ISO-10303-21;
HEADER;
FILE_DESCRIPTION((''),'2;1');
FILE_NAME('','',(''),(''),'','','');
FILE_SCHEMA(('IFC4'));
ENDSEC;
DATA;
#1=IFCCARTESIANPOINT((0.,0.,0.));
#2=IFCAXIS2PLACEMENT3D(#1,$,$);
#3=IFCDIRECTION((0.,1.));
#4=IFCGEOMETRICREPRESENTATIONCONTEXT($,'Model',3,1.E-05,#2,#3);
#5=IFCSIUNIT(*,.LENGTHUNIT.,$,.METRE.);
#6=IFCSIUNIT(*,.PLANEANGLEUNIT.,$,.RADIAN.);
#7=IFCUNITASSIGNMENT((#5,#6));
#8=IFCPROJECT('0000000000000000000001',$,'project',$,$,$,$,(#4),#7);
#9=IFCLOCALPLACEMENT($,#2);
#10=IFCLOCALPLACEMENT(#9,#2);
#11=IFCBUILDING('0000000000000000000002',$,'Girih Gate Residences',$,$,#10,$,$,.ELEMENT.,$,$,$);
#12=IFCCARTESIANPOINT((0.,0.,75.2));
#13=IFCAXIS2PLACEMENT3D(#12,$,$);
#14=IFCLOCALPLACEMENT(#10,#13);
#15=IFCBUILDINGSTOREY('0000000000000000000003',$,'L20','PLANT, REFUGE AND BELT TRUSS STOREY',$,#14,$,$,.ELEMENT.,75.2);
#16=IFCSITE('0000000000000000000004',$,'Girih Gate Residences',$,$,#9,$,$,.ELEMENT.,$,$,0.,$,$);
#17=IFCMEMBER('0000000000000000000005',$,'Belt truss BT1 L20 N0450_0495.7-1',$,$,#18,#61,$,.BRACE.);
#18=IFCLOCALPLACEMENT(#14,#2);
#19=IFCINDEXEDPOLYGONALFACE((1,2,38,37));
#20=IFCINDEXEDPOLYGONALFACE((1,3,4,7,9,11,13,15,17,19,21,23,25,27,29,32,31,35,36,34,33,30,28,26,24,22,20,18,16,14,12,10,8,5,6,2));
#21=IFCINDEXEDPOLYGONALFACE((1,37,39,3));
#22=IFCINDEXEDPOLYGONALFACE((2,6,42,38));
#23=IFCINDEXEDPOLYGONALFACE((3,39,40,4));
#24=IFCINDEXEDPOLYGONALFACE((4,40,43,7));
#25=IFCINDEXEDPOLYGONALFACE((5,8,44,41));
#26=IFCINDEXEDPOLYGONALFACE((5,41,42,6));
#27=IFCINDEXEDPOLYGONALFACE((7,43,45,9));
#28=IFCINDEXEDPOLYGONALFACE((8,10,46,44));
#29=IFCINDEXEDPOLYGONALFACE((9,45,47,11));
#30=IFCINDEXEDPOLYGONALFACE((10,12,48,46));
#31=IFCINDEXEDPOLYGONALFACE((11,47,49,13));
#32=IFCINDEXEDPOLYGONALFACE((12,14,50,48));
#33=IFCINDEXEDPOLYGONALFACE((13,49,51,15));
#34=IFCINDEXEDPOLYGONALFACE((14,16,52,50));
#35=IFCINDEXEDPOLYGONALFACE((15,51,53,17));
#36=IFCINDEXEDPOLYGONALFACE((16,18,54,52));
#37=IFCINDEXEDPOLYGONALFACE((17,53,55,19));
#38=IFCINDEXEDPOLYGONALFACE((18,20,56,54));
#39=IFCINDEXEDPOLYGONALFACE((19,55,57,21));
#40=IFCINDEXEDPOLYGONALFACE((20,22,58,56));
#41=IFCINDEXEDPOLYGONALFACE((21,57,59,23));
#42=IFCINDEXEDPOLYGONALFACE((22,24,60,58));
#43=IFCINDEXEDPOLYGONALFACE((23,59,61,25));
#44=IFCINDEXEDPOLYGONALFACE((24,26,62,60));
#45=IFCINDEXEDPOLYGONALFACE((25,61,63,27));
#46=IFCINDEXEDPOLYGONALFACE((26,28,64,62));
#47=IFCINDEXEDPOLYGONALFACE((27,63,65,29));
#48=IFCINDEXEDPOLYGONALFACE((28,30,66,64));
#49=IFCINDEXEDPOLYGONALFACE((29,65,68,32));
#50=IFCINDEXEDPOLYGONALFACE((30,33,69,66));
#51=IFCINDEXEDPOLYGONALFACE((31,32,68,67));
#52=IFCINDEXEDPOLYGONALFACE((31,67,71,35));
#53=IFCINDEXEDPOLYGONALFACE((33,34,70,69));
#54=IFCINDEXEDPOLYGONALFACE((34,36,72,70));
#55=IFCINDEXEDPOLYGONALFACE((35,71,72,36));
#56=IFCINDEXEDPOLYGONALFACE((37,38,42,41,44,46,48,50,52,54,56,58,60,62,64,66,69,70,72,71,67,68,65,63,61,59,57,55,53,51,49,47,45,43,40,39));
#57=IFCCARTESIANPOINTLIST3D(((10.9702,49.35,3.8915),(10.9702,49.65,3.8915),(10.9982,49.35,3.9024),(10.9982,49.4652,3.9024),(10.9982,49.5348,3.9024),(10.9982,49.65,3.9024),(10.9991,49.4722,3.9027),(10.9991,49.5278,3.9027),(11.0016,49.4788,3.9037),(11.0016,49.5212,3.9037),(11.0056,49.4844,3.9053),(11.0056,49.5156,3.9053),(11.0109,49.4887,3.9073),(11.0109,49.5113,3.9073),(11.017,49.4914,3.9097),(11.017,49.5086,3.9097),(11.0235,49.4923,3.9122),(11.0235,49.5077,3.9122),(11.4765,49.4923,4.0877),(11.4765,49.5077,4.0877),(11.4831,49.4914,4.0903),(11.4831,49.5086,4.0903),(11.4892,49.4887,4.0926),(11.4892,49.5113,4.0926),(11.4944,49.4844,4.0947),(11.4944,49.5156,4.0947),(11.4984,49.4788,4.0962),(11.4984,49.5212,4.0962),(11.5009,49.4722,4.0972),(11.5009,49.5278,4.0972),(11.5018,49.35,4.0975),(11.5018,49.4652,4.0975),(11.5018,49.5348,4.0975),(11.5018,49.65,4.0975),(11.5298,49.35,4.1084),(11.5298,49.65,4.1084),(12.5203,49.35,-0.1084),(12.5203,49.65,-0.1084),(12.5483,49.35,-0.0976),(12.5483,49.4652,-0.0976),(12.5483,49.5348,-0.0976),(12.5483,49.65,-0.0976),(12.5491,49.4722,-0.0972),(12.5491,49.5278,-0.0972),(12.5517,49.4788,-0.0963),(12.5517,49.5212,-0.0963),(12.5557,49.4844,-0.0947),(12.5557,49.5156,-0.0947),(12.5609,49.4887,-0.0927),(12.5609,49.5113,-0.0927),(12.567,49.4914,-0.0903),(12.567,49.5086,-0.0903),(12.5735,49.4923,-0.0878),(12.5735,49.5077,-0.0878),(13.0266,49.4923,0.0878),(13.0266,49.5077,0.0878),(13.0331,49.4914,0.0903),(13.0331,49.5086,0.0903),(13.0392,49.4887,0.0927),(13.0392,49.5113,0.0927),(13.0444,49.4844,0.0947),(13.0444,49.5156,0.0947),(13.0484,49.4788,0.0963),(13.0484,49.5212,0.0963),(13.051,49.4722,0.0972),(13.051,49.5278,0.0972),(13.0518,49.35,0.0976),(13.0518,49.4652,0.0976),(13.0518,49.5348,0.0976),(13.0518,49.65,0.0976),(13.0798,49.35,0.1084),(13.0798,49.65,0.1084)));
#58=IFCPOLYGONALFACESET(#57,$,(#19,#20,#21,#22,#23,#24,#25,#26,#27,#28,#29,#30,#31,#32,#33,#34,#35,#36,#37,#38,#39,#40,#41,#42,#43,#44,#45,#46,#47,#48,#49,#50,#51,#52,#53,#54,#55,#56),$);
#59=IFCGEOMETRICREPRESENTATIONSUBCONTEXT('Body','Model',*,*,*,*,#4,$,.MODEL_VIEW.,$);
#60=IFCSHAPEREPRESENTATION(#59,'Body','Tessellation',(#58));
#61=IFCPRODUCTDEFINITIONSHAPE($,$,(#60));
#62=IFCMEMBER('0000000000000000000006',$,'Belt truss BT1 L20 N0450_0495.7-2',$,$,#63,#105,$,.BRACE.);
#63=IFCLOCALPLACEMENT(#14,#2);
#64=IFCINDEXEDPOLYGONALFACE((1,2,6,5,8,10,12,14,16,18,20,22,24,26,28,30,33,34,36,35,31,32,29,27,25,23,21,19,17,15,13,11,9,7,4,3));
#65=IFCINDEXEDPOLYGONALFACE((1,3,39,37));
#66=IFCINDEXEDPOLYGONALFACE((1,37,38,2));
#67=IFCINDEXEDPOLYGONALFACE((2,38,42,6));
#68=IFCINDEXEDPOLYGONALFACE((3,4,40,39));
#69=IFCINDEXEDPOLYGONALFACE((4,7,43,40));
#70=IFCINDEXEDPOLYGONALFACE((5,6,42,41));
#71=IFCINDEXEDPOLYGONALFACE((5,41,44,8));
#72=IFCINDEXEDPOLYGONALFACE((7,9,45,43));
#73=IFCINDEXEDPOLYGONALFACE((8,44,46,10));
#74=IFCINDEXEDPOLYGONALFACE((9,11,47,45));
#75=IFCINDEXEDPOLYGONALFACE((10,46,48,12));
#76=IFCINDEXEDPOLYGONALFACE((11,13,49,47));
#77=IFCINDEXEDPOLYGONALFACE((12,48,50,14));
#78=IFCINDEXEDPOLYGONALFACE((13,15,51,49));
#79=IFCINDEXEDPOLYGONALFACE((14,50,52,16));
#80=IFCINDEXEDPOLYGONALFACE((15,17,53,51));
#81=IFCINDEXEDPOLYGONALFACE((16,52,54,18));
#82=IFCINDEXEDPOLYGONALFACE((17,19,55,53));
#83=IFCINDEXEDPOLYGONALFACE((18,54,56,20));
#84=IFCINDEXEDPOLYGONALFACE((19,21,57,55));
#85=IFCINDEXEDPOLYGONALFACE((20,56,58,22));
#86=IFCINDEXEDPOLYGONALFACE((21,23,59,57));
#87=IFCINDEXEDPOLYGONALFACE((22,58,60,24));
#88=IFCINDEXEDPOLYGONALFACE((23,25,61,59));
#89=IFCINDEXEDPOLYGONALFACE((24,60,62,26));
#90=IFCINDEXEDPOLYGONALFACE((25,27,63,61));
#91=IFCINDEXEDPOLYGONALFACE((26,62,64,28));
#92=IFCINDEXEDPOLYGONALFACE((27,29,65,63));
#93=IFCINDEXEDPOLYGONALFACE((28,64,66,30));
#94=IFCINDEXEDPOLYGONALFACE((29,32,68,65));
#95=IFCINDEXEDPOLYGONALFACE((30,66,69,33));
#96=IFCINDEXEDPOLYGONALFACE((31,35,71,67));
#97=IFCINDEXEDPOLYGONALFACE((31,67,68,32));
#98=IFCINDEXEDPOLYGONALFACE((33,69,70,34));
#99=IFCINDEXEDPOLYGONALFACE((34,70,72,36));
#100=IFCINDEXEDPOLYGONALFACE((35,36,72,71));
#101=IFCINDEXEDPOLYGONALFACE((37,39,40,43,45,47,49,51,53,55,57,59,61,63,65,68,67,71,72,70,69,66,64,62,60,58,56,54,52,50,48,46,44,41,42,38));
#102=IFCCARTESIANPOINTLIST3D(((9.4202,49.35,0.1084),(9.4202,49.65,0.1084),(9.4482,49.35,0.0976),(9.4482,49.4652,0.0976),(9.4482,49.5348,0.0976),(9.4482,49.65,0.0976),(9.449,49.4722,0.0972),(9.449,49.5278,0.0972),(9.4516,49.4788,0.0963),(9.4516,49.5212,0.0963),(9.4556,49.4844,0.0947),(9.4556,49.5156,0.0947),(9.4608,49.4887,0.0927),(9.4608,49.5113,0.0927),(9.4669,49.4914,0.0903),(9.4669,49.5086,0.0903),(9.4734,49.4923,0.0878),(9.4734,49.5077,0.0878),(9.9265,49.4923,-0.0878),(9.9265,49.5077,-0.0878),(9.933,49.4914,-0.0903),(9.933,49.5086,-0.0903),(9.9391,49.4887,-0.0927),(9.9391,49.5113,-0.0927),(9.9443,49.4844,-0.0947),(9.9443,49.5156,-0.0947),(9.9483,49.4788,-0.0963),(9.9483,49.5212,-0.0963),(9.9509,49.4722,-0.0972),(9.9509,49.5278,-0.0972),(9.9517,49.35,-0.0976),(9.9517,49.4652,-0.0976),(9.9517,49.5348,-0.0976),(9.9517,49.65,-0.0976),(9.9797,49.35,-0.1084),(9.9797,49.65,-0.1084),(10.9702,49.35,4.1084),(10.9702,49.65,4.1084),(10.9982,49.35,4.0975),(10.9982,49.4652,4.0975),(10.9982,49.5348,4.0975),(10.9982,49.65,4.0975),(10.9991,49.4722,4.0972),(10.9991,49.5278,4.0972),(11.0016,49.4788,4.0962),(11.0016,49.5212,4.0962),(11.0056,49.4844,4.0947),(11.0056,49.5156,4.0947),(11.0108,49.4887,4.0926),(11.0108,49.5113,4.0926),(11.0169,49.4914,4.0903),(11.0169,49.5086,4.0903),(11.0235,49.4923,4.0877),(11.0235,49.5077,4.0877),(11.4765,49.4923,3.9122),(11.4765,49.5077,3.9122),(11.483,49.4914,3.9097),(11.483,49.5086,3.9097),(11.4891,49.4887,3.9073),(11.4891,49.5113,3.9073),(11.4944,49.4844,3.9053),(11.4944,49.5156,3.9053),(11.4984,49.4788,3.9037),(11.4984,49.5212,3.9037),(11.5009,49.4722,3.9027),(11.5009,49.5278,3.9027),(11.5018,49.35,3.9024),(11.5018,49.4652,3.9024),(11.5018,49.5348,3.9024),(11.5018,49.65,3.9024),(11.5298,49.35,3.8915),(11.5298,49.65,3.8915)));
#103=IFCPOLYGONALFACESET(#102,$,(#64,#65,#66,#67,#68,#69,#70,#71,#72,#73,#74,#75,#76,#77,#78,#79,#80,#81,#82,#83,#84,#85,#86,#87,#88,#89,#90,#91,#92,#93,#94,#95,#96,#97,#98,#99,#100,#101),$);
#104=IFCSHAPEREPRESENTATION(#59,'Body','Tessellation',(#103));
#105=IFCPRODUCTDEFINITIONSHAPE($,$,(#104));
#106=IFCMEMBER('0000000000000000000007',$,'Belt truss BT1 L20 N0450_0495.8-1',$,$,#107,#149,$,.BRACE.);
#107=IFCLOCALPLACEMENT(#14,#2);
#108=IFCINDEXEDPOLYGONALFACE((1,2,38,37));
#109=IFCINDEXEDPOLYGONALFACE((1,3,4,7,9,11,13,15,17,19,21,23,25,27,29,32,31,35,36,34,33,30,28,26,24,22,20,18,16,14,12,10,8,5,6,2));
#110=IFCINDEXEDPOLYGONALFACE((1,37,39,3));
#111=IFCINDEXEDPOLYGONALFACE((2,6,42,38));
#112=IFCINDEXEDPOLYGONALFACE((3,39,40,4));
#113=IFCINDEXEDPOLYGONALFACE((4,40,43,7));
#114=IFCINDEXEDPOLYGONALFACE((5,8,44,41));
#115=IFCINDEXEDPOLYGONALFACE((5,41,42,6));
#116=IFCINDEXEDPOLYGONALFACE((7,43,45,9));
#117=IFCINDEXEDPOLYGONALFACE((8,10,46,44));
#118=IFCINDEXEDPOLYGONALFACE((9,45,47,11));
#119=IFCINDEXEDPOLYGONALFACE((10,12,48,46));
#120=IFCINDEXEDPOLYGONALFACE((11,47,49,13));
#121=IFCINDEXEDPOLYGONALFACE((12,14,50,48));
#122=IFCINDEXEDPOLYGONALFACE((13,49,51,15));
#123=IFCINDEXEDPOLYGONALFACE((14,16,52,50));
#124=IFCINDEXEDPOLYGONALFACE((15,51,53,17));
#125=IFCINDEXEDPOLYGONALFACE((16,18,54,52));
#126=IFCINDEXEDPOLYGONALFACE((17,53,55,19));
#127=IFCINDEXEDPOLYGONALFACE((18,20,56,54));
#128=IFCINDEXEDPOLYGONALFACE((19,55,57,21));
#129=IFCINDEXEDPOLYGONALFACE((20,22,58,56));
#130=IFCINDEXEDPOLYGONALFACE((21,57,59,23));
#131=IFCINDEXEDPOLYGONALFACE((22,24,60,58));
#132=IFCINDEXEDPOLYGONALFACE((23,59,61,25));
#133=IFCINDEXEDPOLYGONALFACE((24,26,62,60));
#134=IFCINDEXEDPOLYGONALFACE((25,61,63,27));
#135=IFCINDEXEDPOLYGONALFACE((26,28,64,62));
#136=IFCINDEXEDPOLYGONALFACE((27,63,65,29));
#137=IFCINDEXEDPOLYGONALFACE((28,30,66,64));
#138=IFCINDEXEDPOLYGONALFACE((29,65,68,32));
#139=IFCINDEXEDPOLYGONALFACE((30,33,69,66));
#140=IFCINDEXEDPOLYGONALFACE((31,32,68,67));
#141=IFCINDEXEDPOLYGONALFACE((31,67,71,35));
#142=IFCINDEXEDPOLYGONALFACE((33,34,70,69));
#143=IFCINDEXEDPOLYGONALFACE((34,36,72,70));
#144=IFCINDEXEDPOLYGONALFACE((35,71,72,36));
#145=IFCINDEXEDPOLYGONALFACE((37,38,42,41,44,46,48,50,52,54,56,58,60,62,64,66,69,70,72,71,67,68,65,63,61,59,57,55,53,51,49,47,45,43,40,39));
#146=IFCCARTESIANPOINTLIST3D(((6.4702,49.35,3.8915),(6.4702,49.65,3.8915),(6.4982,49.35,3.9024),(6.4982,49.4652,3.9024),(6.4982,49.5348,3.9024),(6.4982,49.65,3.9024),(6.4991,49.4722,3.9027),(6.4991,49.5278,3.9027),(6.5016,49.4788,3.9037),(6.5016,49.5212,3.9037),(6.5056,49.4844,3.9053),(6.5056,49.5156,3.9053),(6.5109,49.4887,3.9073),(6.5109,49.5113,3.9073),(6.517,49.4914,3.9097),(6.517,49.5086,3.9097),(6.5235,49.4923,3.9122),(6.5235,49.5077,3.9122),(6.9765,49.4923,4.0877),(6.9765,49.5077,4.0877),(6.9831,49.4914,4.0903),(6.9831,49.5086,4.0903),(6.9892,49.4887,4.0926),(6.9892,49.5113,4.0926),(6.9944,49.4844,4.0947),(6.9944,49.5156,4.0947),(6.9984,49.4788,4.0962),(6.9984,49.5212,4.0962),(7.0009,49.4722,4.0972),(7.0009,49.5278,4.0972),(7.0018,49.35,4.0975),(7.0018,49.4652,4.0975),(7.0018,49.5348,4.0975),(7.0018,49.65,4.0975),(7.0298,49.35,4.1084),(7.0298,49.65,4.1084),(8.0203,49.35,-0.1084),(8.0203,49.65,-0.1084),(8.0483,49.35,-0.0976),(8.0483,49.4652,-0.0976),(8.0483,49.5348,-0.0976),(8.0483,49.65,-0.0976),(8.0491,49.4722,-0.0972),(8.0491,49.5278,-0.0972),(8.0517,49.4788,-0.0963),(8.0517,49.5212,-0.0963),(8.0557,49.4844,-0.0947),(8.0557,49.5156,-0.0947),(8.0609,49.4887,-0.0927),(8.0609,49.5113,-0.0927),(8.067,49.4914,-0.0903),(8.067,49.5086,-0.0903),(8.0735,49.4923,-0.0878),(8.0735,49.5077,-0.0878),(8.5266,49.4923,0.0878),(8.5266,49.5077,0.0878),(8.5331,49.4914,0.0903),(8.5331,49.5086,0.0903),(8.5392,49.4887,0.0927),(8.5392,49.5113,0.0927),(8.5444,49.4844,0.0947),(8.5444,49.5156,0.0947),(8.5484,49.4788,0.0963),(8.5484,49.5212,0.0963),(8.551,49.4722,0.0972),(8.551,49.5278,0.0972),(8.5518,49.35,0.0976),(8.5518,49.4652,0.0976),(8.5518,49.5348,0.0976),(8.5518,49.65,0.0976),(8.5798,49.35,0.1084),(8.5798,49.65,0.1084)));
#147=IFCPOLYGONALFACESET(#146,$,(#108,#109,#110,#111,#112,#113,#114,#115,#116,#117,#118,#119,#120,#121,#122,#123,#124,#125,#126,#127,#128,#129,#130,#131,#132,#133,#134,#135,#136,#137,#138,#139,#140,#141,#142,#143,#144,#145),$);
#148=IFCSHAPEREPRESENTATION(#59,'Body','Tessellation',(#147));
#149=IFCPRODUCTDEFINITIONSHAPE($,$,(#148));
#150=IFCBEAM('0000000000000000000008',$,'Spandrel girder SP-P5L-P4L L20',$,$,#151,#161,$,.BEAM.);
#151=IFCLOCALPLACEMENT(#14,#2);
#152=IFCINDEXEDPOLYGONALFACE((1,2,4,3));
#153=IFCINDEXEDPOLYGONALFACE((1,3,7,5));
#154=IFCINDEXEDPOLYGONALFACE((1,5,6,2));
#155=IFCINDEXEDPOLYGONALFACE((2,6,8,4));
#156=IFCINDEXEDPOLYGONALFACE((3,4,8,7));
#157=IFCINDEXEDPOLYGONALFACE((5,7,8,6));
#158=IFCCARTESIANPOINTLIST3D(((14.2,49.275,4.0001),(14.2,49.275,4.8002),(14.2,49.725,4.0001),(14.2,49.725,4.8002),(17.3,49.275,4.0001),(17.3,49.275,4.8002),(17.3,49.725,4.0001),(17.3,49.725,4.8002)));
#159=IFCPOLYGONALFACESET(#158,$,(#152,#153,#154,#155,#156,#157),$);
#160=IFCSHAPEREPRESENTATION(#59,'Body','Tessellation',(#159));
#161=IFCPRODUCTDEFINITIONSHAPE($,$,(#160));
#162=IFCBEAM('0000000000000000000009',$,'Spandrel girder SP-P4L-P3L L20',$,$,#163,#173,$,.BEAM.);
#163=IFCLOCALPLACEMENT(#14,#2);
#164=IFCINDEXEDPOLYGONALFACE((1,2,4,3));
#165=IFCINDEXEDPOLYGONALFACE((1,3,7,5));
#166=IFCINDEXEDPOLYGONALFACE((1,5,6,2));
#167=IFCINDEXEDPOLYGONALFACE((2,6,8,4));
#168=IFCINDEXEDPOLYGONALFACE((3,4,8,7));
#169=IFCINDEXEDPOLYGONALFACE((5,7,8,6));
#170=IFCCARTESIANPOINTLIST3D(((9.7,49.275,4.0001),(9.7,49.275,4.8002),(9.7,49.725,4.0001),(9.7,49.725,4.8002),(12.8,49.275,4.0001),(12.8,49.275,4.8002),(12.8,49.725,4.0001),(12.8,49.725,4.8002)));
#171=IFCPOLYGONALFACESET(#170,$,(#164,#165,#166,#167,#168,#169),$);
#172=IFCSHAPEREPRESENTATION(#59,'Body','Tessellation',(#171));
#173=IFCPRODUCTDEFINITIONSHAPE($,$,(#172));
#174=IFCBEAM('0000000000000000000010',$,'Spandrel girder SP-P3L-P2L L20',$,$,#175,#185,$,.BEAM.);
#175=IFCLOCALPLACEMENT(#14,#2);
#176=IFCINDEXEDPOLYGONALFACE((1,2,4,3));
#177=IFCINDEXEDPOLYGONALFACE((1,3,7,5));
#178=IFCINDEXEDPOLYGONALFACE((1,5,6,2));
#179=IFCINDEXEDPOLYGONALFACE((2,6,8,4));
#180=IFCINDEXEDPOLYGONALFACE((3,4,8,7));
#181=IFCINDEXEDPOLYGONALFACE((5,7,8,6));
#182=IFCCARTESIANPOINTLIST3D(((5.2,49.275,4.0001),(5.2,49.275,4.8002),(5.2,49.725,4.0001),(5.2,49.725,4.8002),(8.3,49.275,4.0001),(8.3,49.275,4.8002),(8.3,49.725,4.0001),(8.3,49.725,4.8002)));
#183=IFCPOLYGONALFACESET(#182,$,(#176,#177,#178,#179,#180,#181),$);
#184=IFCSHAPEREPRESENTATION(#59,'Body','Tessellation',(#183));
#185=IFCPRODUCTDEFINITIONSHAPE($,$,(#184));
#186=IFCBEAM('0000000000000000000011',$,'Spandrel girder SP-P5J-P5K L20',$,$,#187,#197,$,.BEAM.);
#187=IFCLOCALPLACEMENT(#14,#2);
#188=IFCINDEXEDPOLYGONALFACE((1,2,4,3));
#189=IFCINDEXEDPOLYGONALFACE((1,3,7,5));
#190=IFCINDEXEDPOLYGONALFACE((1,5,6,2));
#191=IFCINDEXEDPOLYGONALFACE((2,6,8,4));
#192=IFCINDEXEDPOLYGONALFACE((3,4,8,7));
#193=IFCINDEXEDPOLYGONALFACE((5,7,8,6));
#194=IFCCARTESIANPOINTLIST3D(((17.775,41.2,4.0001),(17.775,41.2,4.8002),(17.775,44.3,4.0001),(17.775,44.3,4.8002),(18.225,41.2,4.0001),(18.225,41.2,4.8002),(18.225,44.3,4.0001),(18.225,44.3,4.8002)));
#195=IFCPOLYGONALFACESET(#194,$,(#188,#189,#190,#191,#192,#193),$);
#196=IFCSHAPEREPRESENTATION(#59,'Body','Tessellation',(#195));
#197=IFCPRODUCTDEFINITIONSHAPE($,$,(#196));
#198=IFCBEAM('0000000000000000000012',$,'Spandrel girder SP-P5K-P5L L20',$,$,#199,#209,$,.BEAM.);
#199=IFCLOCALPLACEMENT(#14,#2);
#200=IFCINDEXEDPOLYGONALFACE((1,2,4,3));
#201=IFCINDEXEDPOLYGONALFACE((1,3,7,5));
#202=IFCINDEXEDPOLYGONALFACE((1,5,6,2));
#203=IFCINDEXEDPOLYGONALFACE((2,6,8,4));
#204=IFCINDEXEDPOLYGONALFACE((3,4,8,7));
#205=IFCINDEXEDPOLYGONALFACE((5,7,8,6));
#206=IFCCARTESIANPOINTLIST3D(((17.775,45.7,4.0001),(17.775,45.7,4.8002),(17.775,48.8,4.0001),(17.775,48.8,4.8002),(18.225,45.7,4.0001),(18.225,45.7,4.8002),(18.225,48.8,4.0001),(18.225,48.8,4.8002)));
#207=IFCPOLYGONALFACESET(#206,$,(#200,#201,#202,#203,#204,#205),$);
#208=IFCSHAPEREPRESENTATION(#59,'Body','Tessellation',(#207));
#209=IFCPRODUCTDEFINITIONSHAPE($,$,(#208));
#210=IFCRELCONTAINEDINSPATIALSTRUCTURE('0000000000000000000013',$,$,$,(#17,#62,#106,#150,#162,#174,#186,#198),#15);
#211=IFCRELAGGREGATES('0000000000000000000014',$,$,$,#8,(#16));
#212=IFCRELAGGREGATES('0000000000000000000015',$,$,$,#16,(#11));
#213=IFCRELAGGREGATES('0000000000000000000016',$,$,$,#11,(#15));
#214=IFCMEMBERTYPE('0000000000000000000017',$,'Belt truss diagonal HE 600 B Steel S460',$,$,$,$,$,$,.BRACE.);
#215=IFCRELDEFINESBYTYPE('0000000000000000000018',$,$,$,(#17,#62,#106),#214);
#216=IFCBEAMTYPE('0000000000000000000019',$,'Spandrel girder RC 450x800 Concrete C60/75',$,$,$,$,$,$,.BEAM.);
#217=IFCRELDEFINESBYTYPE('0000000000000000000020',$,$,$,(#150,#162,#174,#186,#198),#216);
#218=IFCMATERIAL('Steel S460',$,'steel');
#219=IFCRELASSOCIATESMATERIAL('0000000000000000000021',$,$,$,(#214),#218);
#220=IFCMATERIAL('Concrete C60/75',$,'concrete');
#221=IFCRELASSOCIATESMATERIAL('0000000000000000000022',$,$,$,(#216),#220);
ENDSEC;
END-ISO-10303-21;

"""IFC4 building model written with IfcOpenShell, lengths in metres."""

from ifc_helpers import new_model, si_unit, direction, frame, origin, origin_2d, place, context, subcontext, project, spatial, rectangle, i_section, extrude, material, material_profile, profile_set, type_object, element, save


model = new_model("IFC4")

# Units and contexts
model_context = context("Model", 3, precision=1e-05, world=origin(), true_north=direction((0.0, 1.0)))
body_context = subcontext(model_context, "Body", "Model", "MODEL_VIEW")
ifc_project = project(units=[si_unit("LENGTHUNIT", "METRE"), si_unit("PLANEANGLEUNIT", "RADIAN")], contexts=[model_context])

# Site, building, storey
site_placement = place(None, origin())
site = spatial("IfcSite", under=ifc_project, at=site_placement, Name="Girih Gate Residences", CompositionType="ELEMENT", RefElevation=0.0)
building_placement = place(site_placement, origin())
building = spatial("IfcBuilding", under=site, at=building_placement, Name="Girih Gate Residences", CompositionType="ELEMENT")
storey_placement = place(building_placement, frame((0.0, 0.0, 75.2)))
storey = spatial("IfcBuildingStorey", under=building, at=storey_placement, Name="L20", Description="PLANT, REFUGE AND BELT TRUSS STOREY", CompositionType="ELEMENT", Elevation=75.2)

# Members
ifc_material_1 = material(Name="Steel S460", Category="steel")
ifc_material_profile_1 = material_profile(ifc_material_1, i_section(OverallWidth=0.3, OverallDepth=0.6001, WebThickness=0.0154, FlangeThickness=0.03, FilletRadius=0.0271, at=origin_2d()))
ifc_profile_set_1 = profile_set([ifc_material_profile_1], Name="Steel S460")
member_type = type_object("IfcMemberType", Name="Belt truss diagonal HE 600 B Steel S460", PredefinedType="BRACE", material=ifc_profile_set_1)
for number, where, z_axis, x_axis, name in (
    (1, (12.8, 49.5, 0.0), (-0.361331, 0.0, 0.932438), (0.0, -1.0, 0.0), "Belt truss BT1 L20 N0450_0495.7-1"),
    (2, (9.7, 49.5, 0.0), (0.361331, 0.0, 0.932438), (0.0, 1.0, 0.0), "Belt truss BT1 L20 N0450_0495.7-2"),
    (3, (8.3, 49.5, 0.0), (-0.361331, 0.0, 0.932438), (0.0, -1.0, 0.0), "Belt truss BT1 L20 N0450_0495.8-1"),
):
    element("IfcMember", number, at=place(storey_placement, frame(where, z_axis=z_axis, x_axis=x_axis)), inside=storey, type_object=member_type, Name=name, PredefinedType="BRACE", context=body_context, shape_type="SweptSolid", body=[
        extrude(i_section(OverallWidth=0.3, OverallDepth=0.6001, WebThickness=0.0154, FlangeThickness=0.03, FilletRadius=0.0271, at=origin_2d()), origin(), (0.0, 0.0, 1.0), 4.2898),
    ])

# Beams
ifc_material_2 = material(Name="Concrete C60/75", Category="concrete")
ifc_material_profile_2 = material_profile(ifc_material_2, rectangle(XDim=0.45, YDim=0.8, at=origin_2d()))
ifc_profile_set_2 = profile_set([ifc_material_profile_2], Name="Concrete C60/75")
beam_type = type_object("IfcBeamType", Name="Spandrel girder RC 450x800 Concrete C60/75", PredefinedType="BEAM", material=ifc_profile_set_2)
for number, where, z_axis, x_axis, name in (
    (4, (17.3, 49.5, 4.4001), (-1.0, 0.0, 0.0), (0.0, -1.0, 0.0), "Spandrel girder SP-P5L-P4L L20"),
    (5, (12.8, 49.5, 4.4001), (-1.0, 0.0, 0.0), (0.0, -1.0, 0.0), "Spandrel girder SP-P4L-P3L L20"),
    (6, (8.3, 49.5, 4.4001), (-1.0, 0.0, 0.0), (0.0, -1.0, 0.0), "Spandrel girder SP-P3L-P2L L20"),
    (7, (18.0, 41.2, 4.4001), (0.0, 1.0, 0.0), (-1.0, 0.0, 0.0), "Spandrel girder SP-P5J-P5K L20"),
    (8, (18.0, 45.7, 4.4001), (0.0, 1.0, 0.0), (-1.0, 0.0, 0.0), "Spandrel girder SP-P5K-P5L L20"),
):
    element("IfcBeam", number, at=place(storey_placement, frame(where, z_axis=z_axis, x_axis=x_axis)), inside=storey, type_object=beam_type, Name=name, PredefinedType="BEAM", context=body_context, shape_type="SweptSolid", body=[
        extrude(rectangle(XDim=0.45, YDim=0.8, at=origin_2d()), origin(), (0.0, 0.0, 1.0), 3.1001),
    ])

save(model, "model.ifc")
